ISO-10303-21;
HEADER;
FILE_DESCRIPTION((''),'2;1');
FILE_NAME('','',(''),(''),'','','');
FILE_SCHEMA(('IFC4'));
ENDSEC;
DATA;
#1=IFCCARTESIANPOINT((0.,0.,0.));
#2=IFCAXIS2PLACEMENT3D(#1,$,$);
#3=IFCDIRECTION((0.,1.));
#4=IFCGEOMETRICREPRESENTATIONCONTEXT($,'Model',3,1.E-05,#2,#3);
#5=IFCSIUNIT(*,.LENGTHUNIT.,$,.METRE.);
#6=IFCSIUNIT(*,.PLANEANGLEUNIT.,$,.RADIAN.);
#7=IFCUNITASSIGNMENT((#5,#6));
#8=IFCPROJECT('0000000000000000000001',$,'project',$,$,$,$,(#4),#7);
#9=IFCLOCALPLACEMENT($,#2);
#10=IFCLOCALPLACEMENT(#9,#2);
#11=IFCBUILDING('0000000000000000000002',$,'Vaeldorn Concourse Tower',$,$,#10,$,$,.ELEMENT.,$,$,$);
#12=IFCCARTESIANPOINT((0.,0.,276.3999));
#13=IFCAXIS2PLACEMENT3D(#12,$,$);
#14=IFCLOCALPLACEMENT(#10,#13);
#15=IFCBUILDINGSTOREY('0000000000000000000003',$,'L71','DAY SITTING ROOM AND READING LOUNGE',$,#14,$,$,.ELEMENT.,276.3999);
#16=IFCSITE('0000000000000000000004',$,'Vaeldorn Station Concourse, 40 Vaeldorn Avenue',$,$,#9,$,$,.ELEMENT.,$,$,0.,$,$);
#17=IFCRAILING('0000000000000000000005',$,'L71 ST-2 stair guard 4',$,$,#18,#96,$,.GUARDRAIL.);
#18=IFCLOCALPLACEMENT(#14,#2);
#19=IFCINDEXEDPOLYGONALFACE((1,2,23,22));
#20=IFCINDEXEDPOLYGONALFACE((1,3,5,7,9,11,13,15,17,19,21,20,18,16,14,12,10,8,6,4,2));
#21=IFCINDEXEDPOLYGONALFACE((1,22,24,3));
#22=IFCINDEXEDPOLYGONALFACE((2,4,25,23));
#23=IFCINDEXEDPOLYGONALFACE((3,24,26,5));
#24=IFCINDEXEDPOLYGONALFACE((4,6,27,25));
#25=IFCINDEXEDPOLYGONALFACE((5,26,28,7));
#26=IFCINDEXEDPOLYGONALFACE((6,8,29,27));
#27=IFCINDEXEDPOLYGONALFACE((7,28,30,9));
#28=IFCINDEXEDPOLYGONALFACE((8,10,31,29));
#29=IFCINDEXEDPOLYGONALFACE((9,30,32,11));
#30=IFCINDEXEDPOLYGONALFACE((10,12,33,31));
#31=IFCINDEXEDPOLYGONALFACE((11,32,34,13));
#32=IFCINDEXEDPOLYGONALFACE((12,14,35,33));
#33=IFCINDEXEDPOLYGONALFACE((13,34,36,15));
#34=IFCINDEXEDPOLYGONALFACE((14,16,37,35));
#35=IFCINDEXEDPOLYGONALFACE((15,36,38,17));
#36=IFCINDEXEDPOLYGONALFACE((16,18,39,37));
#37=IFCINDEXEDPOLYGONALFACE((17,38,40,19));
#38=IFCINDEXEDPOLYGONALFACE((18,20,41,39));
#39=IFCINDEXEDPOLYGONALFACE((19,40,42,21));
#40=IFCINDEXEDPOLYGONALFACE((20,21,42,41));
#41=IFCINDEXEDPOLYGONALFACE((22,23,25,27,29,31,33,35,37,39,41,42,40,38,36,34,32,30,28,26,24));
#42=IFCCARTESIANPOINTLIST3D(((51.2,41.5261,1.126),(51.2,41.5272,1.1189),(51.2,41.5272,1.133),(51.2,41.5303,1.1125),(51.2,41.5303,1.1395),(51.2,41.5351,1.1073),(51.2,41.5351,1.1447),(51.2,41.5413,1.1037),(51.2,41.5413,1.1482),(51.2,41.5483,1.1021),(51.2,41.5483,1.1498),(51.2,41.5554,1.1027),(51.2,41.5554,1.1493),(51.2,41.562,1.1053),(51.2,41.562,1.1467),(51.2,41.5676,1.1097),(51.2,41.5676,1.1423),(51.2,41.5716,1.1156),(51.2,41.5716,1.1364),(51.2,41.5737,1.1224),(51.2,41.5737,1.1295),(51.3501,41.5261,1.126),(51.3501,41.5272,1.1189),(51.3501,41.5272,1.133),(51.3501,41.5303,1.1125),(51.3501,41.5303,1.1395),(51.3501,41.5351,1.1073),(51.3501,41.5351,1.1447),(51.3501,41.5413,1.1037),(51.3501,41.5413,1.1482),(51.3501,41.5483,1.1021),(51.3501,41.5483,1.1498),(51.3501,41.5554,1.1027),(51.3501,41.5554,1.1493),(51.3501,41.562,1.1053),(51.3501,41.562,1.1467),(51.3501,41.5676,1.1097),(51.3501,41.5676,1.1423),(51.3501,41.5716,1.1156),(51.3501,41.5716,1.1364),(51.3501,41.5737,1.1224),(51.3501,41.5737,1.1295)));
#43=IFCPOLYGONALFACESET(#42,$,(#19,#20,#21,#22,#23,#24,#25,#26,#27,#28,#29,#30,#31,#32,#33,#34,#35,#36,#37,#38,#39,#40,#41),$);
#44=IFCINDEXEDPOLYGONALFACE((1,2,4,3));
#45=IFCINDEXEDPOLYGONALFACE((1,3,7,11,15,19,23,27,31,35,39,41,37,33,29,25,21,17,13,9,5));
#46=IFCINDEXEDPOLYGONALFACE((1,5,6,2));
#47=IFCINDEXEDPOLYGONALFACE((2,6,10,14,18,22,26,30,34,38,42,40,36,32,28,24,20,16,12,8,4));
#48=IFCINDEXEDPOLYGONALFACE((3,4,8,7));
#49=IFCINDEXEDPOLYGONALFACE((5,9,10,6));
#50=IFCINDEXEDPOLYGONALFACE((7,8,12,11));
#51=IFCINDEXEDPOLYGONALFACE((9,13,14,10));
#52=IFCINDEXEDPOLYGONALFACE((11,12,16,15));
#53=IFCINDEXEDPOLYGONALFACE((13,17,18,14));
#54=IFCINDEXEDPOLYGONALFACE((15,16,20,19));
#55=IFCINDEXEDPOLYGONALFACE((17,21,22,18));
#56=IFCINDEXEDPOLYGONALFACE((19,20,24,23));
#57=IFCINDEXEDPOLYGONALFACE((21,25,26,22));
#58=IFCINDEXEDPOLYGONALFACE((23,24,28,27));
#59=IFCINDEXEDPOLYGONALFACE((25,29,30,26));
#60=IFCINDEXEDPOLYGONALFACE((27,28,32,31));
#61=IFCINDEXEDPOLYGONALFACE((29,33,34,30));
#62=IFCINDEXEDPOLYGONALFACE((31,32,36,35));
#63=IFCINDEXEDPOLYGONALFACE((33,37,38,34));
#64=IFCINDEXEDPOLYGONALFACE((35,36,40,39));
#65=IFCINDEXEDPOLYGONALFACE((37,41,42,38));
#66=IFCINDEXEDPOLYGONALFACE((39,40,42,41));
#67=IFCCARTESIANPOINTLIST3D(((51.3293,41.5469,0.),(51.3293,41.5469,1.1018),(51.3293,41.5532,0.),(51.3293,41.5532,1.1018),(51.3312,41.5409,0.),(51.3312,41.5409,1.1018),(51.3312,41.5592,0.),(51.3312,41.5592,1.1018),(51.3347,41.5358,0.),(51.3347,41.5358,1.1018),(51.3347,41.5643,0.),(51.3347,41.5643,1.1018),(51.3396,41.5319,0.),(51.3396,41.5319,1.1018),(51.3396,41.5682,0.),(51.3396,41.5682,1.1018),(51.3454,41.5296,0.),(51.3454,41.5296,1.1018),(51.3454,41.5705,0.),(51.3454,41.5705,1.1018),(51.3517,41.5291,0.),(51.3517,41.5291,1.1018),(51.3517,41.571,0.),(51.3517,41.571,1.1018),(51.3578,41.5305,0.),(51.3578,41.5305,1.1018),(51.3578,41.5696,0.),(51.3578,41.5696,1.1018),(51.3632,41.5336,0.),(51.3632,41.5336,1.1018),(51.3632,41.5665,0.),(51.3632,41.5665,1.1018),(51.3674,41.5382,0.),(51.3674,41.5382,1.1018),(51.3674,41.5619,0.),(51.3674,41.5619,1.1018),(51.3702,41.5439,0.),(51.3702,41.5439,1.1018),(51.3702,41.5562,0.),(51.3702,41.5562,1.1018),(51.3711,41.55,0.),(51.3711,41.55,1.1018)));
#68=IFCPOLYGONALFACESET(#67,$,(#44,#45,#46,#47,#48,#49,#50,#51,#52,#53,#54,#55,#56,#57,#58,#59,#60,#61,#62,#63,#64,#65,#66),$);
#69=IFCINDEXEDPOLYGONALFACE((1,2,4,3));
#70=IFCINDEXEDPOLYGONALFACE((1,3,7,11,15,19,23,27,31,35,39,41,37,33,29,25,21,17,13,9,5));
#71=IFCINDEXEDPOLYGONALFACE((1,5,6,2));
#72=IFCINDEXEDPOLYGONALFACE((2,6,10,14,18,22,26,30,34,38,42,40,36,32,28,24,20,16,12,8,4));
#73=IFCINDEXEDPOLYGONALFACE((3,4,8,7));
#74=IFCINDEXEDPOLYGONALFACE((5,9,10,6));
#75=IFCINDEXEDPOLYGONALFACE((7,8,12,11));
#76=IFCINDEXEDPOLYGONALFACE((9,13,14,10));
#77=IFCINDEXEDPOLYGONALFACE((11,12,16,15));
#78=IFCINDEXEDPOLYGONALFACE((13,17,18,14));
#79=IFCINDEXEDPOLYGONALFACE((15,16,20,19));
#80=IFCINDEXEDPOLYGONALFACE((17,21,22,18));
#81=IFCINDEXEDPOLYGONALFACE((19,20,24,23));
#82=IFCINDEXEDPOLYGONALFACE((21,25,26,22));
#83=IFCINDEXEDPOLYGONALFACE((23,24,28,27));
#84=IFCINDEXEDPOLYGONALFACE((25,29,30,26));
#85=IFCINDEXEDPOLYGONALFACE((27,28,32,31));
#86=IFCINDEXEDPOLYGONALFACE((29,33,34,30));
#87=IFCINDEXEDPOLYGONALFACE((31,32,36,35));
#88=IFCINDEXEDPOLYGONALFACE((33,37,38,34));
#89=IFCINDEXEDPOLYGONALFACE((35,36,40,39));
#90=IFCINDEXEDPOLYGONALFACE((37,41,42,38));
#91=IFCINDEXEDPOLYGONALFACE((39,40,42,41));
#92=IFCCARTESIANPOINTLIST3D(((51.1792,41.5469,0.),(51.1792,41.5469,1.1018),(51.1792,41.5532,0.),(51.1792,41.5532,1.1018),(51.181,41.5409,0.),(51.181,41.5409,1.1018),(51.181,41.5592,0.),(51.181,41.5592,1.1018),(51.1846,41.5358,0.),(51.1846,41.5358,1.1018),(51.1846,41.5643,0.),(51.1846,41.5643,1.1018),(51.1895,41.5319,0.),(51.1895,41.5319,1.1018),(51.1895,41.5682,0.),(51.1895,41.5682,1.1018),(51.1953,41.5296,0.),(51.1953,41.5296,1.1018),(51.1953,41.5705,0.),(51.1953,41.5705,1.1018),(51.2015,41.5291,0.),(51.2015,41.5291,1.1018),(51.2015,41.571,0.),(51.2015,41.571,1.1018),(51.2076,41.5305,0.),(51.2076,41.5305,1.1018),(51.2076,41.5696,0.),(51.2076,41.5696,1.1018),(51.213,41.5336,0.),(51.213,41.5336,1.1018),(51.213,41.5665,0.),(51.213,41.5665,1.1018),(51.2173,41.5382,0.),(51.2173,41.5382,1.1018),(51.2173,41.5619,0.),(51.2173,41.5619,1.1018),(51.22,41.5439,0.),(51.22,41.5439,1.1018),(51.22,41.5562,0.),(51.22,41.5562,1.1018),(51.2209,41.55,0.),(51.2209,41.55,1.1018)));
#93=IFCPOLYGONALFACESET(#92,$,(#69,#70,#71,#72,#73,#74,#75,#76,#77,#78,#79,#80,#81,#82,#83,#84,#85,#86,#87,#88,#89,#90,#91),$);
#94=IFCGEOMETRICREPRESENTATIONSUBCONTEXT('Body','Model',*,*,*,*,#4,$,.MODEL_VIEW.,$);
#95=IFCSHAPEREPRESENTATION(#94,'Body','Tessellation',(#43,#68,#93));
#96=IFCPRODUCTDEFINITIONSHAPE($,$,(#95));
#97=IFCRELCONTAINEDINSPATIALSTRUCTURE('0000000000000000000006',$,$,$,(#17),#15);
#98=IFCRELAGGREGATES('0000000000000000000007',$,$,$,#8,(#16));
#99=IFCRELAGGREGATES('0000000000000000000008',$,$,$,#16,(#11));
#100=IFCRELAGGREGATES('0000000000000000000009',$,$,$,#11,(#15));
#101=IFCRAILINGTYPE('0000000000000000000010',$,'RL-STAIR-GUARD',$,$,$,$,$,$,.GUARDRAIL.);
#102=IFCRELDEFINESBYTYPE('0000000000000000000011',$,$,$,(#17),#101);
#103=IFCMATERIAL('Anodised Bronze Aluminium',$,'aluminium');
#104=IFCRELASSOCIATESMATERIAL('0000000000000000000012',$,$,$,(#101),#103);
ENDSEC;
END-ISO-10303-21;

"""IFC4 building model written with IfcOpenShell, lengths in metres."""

from ifc_helpers import new_model, si_unit, direction, frame, origin, origin_2d, place, context, subcontext, project, spatial, circle, extrude, material, type_object, element, save


model = new_model("IFC4")

# Units and contexts
model_context = context("Model", 3, precision=1e-05, world=origin(), true_north=direction((0.0, 1.0)))
body_context = subcontext(model_context, "Body", "Model", "MODEL_VIEW")
ifc_project = project(units=[si_unit("LENGTHUNIT", "METRE"), si_unit("PLANEANGLEUNIT", "RADIAN")], contexts=[model_context])

# Site, building, storey
site_placement = place(None, origin())
site = spatial("IfcSite", under=ifc_project, at=site_placement, Name="Vaeldorn Station Concourse, 40 Vaeldorn Avenue", CompositionType="ELEMENT", RefElevation=0.0)
building_placement = place(site_placement, origin())
building = spatial("IfcBuilding", under=site, at=building_placement, Name="Vaeldorn Concourse Tower", CompositionType="ELEMENT")
storey_placement = place(building_placement, frame((0.0, 0.0, 276.3999)))
storey = spatial("IfcBuildingStorey", under=building, at=storey_placement, Name="L71", Description="DAY SITTING ROOM AND READING LOUNGE", CompositionType="ELEMENT", Elevation=276.3999)

# Shared definitions
ifc_material_1 = material(Name="Anodised Bronze Aluminium", Category="aluminium")

# Railing
railing_type_1 = type_object("IfcRailingType", Name="RL-STAIR-GUARD", PredefinedType="GUARDRAIL", material=ifc_material_1)
railing_1_placement = place(storey_placement, frame((51.3501, 41.55, 0.0)))
element("IfcRailing", 1, at=railing_1_placement, inside=storey, type_object=railing_type_1, Name="L71 ST-2 stair guard 4", PredefinedType="GUARDRAIL", context=body_context, shape_type="SweptSolid", body=[
    extrude(circle(Radius=0.0239, at=origin_2d()), frame((0.0, 0.0, 1.126), z_axis=(-1.0, 0.0, 0.0), x_axis=(0.0, -1.0, 0.0)), (0.0, 0.0, 1.0), 0.1501),
    extrude(circle(Radius=0.021, at=origin_2d()), origin(), (0.0, 0.0, 1.0), 1.1018),
    extrude(circle(Radius=0.021, at=origin_2d()), frame((-0.1501, 0.0, 0.0)), (0.0, 0.0, 1.0), 1.1018),
])

save(model, "model.ifc")
